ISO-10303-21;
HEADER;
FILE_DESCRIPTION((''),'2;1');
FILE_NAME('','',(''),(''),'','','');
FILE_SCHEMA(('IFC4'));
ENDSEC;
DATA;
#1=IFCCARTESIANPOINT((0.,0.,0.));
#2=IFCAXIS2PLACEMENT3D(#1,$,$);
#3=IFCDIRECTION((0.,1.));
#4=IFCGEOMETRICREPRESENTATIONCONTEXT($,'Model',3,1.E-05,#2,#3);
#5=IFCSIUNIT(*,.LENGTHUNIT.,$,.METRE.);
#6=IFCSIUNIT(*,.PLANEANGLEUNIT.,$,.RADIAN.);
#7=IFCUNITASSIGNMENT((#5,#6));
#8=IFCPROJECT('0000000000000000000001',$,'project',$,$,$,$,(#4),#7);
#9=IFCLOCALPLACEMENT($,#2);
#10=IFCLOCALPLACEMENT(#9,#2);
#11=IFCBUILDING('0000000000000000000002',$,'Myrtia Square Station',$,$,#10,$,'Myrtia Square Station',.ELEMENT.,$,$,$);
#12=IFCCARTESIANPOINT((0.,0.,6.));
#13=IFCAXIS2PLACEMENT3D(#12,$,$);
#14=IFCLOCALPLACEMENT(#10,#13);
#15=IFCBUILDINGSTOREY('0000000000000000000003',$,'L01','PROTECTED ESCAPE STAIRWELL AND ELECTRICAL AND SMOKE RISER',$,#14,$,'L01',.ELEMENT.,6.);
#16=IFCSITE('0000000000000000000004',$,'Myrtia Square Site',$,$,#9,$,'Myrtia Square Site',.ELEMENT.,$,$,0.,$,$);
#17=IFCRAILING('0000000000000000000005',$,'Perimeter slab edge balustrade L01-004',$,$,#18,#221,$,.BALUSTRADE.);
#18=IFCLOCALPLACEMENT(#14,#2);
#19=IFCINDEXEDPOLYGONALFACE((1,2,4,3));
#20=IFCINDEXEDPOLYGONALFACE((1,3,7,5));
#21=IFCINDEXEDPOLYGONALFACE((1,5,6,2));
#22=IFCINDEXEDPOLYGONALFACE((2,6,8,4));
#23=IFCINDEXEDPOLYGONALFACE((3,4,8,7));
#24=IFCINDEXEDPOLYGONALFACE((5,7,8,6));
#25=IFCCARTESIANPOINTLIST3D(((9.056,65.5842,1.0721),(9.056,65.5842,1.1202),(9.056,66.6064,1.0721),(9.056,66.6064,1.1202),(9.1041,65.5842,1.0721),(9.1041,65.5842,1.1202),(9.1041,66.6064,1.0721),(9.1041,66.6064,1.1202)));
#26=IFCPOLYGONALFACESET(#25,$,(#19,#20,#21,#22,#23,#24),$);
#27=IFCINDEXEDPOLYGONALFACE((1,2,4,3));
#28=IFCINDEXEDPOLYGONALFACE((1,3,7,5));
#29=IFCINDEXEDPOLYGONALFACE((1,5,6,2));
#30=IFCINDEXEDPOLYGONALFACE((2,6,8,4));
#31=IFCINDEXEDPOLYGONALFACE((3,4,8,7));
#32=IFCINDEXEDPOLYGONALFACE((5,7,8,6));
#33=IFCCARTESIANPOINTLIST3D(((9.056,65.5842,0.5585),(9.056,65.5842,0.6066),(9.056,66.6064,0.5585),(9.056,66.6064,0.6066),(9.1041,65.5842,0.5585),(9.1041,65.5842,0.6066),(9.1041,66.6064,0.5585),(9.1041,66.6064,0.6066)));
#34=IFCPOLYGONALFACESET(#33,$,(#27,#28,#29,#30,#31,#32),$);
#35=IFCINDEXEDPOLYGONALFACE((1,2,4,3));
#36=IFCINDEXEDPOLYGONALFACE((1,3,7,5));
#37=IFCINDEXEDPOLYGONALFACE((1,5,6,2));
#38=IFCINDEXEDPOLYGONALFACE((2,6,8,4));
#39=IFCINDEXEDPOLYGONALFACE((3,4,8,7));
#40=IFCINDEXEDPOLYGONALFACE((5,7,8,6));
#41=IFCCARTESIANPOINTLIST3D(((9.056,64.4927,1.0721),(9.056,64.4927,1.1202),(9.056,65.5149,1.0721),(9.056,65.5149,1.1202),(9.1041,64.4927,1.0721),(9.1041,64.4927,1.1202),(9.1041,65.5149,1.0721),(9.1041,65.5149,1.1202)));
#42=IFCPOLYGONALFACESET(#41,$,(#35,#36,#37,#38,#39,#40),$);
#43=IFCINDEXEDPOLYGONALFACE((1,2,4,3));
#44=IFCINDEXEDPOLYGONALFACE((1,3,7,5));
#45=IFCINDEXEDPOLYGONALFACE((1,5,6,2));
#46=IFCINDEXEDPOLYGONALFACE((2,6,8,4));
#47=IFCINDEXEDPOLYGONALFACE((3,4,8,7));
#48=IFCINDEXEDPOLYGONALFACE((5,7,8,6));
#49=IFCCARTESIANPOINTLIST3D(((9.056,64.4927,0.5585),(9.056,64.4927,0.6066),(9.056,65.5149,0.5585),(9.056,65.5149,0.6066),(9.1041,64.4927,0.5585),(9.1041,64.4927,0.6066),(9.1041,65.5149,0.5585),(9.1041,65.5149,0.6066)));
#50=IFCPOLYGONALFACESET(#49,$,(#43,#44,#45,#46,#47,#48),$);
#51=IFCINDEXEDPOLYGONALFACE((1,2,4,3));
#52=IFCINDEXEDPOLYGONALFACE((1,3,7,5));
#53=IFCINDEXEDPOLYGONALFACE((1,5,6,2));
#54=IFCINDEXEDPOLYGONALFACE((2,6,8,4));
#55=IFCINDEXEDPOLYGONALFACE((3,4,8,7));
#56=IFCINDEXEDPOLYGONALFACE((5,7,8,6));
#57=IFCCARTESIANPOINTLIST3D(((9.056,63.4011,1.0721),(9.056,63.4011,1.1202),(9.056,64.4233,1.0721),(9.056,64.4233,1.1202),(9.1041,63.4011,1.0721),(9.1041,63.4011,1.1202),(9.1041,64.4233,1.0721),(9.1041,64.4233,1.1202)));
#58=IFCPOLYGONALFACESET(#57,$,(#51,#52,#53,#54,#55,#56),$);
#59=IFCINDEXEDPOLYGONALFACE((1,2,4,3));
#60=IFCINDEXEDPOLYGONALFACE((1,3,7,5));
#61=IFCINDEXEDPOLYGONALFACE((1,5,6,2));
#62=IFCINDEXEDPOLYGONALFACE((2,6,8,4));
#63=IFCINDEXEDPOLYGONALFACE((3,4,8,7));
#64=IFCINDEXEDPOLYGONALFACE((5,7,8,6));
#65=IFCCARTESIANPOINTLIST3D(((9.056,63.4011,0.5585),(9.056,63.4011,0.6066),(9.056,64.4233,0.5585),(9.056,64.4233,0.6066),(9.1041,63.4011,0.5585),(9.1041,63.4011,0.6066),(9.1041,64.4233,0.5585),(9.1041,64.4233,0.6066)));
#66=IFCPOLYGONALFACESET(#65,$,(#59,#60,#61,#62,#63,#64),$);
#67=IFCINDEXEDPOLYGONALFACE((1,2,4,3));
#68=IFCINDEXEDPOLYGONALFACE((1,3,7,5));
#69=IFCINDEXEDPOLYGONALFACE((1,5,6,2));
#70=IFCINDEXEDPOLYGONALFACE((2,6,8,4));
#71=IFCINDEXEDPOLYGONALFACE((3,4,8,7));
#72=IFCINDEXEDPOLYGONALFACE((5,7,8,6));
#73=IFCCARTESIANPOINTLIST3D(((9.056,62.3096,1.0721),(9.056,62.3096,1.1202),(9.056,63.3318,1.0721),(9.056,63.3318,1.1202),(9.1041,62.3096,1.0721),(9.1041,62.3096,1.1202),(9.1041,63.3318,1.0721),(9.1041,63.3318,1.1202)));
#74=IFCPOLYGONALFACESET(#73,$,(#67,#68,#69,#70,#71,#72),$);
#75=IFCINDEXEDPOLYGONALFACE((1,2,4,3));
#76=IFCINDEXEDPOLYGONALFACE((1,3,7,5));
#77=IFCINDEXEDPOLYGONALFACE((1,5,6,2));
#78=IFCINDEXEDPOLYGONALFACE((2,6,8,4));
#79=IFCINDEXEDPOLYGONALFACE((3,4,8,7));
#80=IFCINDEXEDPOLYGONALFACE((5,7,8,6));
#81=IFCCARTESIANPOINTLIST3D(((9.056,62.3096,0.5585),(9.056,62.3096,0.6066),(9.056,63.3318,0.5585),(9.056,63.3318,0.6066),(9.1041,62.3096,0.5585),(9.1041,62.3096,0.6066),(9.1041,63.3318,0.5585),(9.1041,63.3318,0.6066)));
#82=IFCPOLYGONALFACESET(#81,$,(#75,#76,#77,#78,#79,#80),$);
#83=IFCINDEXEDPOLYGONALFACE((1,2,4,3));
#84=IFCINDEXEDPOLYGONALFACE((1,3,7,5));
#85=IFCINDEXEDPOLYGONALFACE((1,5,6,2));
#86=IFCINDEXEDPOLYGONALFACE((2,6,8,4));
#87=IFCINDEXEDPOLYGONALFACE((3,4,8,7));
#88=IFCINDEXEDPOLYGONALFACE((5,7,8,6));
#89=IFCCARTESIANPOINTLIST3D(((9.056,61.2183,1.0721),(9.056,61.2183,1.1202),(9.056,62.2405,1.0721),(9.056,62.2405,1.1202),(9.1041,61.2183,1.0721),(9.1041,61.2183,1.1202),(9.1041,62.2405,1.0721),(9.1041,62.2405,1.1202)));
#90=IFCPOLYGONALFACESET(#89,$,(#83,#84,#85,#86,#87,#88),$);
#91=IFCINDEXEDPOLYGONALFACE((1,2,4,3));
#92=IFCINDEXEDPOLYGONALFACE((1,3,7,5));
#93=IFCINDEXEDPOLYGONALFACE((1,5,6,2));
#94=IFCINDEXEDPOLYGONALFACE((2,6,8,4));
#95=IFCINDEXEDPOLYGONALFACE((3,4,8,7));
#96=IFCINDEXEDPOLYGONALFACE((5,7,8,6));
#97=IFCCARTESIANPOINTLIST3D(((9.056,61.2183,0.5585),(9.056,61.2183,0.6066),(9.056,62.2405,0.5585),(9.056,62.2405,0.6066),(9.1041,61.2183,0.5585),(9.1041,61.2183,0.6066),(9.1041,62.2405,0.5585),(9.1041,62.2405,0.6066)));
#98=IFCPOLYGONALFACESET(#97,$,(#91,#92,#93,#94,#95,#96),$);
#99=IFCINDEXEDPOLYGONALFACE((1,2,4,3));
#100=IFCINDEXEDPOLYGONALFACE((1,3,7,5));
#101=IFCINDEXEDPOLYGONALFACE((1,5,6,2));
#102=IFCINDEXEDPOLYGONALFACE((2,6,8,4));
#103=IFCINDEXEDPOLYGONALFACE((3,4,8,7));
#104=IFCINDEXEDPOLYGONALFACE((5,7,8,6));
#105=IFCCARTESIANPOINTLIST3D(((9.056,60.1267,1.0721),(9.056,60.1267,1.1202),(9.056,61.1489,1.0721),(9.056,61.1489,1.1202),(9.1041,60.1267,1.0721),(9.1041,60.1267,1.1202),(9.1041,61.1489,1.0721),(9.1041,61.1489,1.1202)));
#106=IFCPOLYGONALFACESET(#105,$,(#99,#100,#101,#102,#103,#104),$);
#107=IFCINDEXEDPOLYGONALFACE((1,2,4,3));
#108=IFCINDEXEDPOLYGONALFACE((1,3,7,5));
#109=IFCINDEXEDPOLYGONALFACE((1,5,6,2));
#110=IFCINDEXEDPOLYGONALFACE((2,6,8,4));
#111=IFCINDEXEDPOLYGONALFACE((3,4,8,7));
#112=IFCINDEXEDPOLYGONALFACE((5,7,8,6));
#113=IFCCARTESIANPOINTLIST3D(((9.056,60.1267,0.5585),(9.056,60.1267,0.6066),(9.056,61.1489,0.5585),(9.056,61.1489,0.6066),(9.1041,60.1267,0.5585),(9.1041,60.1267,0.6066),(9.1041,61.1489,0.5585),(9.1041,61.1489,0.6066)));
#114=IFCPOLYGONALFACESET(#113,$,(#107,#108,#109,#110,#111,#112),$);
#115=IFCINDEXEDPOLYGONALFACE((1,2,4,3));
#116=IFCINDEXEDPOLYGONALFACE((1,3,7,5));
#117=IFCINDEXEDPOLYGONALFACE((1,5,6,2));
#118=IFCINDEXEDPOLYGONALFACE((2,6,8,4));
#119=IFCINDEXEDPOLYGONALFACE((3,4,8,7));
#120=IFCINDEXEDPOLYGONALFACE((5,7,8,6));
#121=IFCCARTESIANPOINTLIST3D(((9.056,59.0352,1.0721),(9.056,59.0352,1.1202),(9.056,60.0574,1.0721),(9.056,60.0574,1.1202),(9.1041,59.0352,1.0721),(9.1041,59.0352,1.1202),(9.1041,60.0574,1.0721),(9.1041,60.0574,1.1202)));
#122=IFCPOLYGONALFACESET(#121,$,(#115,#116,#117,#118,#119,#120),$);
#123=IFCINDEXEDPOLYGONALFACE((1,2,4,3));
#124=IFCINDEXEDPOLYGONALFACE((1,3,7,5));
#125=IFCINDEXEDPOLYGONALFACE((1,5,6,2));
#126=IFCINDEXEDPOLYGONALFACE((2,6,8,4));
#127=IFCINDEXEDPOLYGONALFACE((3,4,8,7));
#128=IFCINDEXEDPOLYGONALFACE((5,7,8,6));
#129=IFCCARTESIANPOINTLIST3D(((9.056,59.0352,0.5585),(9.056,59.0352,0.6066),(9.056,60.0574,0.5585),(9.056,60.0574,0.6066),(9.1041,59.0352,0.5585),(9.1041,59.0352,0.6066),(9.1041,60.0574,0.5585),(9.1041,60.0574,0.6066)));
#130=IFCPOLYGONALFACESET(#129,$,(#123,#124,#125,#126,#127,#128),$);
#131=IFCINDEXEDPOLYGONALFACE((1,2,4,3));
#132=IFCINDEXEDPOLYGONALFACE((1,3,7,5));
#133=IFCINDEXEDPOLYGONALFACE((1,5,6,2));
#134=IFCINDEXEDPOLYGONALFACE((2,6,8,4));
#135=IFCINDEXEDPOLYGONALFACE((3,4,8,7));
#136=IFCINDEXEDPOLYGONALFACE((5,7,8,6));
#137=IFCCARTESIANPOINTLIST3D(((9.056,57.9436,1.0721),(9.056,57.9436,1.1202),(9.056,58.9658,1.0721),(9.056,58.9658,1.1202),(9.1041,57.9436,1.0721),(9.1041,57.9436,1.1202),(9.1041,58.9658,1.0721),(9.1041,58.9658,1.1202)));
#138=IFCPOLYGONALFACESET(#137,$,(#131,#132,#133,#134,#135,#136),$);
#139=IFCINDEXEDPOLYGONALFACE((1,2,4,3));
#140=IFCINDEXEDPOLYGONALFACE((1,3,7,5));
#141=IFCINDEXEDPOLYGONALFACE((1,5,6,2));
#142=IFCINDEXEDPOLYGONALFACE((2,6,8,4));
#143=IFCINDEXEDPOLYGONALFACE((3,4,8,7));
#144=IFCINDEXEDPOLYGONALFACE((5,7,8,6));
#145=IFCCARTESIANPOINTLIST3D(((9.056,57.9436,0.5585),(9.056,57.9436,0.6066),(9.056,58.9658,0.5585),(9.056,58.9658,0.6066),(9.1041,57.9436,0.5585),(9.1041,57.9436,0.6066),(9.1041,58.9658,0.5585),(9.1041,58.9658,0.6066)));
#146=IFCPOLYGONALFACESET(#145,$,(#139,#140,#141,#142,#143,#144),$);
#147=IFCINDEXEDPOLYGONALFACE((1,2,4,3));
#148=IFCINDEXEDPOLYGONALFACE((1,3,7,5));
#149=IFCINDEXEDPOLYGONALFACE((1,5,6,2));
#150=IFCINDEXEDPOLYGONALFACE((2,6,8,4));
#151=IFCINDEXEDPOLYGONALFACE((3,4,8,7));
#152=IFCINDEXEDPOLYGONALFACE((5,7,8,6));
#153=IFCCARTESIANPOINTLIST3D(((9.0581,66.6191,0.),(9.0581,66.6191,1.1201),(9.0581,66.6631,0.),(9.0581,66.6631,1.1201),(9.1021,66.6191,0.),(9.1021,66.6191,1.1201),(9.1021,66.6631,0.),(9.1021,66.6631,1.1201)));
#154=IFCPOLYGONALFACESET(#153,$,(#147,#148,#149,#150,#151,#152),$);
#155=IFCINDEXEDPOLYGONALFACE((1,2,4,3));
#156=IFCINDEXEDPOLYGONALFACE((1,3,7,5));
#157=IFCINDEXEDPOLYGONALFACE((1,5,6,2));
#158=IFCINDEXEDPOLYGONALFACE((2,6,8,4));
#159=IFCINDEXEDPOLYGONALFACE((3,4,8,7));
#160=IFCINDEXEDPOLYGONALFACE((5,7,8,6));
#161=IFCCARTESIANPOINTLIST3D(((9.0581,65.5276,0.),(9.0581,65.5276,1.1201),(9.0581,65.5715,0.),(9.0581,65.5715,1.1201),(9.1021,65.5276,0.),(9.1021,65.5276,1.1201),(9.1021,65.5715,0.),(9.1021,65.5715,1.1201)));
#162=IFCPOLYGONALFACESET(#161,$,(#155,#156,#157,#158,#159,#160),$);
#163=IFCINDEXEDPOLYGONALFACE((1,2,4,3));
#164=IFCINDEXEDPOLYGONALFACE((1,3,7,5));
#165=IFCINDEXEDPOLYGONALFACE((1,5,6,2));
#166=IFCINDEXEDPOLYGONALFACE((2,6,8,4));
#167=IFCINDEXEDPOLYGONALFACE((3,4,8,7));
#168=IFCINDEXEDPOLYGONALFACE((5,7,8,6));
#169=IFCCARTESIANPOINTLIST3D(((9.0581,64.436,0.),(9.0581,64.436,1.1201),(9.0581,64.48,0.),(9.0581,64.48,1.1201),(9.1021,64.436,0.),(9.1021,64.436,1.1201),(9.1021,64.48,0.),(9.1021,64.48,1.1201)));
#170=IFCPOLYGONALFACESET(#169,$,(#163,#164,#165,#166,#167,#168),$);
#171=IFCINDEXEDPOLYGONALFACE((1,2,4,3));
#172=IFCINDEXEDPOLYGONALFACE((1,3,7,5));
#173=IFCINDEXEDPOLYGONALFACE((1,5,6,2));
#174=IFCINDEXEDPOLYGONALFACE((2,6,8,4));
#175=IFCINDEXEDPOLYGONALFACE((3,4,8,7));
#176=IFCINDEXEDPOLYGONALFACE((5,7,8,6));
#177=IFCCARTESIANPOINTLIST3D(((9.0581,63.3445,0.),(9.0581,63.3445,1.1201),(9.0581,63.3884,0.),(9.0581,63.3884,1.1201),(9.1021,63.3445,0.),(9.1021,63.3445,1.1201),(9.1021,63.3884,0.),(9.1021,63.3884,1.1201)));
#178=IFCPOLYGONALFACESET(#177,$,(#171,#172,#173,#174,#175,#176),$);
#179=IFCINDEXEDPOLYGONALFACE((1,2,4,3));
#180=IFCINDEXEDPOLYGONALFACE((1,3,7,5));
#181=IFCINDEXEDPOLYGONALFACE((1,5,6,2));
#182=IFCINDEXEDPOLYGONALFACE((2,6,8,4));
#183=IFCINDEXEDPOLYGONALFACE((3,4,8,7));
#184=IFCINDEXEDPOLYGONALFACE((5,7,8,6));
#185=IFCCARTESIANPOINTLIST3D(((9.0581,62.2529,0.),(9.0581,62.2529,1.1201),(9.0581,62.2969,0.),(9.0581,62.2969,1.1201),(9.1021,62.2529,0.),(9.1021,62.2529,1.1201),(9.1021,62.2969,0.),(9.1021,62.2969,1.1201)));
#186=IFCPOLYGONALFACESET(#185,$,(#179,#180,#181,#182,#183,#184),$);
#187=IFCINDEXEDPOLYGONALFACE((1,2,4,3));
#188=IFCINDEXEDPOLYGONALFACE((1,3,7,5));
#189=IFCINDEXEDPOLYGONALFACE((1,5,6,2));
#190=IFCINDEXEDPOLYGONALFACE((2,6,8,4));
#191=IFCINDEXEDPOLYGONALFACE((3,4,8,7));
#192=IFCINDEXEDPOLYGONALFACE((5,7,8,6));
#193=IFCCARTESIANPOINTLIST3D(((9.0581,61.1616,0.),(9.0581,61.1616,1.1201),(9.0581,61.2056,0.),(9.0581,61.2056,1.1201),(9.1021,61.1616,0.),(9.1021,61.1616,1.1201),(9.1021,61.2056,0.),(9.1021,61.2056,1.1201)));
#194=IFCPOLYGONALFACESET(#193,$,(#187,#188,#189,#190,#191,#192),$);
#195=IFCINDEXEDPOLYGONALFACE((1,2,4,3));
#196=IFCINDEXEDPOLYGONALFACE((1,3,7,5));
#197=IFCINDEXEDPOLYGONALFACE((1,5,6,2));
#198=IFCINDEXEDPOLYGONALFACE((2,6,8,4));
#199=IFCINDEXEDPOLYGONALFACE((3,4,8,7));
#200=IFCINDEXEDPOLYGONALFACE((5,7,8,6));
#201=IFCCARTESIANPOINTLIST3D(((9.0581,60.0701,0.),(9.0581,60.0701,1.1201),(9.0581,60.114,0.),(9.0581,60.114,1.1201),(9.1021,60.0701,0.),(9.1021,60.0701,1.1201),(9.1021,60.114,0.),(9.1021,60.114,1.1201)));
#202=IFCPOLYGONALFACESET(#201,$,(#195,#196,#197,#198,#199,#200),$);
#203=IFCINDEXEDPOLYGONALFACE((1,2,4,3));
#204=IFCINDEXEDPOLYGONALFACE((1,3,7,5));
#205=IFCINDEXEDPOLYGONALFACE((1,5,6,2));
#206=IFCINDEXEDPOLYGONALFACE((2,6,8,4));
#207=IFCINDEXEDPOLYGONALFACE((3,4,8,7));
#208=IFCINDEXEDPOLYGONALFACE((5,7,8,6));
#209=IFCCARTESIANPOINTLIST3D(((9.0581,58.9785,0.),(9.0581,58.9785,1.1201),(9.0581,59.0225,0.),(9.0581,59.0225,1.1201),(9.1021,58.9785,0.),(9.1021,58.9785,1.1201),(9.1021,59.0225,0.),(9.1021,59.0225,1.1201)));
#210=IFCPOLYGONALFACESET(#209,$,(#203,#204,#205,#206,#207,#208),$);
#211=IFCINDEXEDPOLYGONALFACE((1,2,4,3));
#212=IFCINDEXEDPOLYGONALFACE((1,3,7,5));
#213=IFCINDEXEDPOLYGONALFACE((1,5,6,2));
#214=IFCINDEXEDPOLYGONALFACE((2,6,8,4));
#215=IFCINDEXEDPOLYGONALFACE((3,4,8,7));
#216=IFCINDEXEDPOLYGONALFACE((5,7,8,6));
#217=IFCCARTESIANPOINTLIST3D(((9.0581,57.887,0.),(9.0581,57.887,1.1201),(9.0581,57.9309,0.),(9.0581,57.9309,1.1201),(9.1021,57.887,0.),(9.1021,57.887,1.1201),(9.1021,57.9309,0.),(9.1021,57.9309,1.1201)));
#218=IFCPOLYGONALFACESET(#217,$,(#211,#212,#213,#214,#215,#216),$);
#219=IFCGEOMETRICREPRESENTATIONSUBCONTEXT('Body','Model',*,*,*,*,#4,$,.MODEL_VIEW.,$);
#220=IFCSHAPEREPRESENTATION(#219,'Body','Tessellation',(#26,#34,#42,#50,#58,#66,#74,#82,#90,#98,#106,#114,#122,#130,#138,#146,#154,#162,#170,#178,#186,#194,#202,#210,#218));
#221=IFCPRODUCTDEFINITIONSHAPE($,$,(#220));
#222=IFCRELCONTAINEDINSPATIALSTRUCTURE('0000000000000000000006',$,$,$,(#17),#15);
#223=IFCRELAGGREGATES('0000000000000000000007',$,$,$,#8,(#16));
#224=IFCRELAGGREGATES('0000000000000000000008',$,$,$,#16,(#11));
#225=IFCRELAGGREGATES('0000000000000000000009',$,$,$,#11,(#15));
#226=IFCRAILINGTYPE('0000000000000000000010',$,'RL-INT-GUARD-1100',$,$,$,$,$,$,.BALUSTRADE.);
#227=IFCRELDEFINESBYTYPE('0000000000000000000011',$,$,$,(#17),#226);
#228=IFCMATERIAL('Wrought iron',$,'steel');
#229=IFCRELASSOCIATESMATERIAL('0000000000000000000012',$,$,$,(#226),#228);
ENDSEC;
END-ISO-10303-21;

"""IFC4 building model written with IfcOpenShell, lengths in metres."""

from ifc_helpers import new_model, si_unit, direction, frame, origin, origin_2d, place, context, subcontext, project, spatial, rectangle, extrude, material, type_object, element, save


model = new_model("IFC4")

# Units and contexts
model_context = context("Model", 3, precision=1e-05, world=origin(), true_north=direction((0.0, 1.0)))
body_context = subcontext(model_context, "Body", "Model", "MODEL_VIEW")
ifc_project = project(units=[si_unit("LENGTHUNIT", "METRE"), si_unit("PLANEANGLEUNIT", "RADIAN")], contexts=[model_context])

# Site, building, storey
site_placement = place(None, origin())
site = spatial("IfcSite", under=ifc_project, at=site_placement, Name="Myrtia Square Site", LongName="Myrtia Square Site", CompositionType="ELEMENT", RefElevation=0.0)
building_placement = place(site_placement, origin())
building = spatial("IfcBuilding", under=site, at=building_placement, Name="Myrtia Square Station", LongName="Myrtia Square Station", CompositionType="ELEMENT")
storey_placement = place(building_placement, frame((0.0, 0.0, 6.0)))
storey = spatial("IfcBuildingStorey", under=building, at=storey_placement, Name="L01", Description="PROTECTED ESCAPE STAIRWELL AND ELECTRICAL AND SMOKE RISER", LongName="L01", CompositionType="ELEMENT", Elevation=6.0)

# Railing
ifc_material_1 = material(Name="Wrought iron", Category="steel")
railing_type = type_object("IfcRailingType", Name="RL-INT-GUARD-1100", PredefinedType="BALUSTRADE", material=ifc_material_1)
railing_1_placement = place(storey_placement, frame((9.0801, 66.6411, 0.0)))
element("IfcRailing", 1, at=railing_1_placement, inside=storey, type_object=railing_type, Name="Perimeter slab edge balustrade L01-004", PredefinedType="BALUSTRADE", context=body_context, shape_type="SweptSolid", body=[
    extrude(rectangle(XDim=0.0481, YDim=0.0481, at=origin_2d()), frame((0.0, -0.0347, 1.0962), z_axis=(0.0, -1.0, 0.0), x_axis=(1.0, 0.0, 0.0)), (0.0, 0.0, 1.0), 1.0222),
    extrude(rectangle(XDim=0.0481, YDim=0.0481, at=origin_2d()), frame((0.0, -0.0347, 0.5825), z_axis=(0.0, -1.0, 0.0), x_axis=(1.0, 0.0, 0.0)), (0.0, 0.0, 1.0), 1.0222),
    extrude(rectangle(XDim=0.0481, YDim=0.0481, at=origin_2d()), frame((0.0, -1.1262, 1.0962), z_axis=(0.0, -1.0, 0.0), x_axis=(1.0, 0.0, 0.0)), (0.0, 0.0, 1.0), 1.0222),
    extrude(rectangle(XDim=0.0481, YDim=0.0481, at=origin_2d()), frame((0.0, -1.1262, 0.5825), z_axis=(0.0, -1.0, 0.0), x_axis=(1.0, 0.0, 0.0)), (0.0, 0.0, 1.0), 1.0222),
    extrude(rectangle(XDim=0.0481, YDim=0.0481, at=origin_2d()), frame((0.0, -2.2178, 1.0962), z_axis=(0.0, -1.0, 0.0), x_axis=(1.0, 0.0, 0.0)), (0.0, 0.0, 1.0), 1.0222),
    extrude(rectangle(XDim=0.0481, YDim=0.0481, at=origin_2d()), frame((0.0, -2.2178, 0.5825), z_axis=(0.0, -1.0, 0.0), x_axis=(1.0, 0.0, 0.0)), (0.0, 0.0, 1.0), 1.0222),
    extrude(rectangle(XDim=0.0481, YDim=0.0481, at=origin_2d()), frame((0.0, -3.3093, 1.0962), z_axis=(0.0, -1.0, 0.0), x_axis=(1.0, 0.0, 0.0)), (0.0, 0.0, 1.0), 1.0222),
    extrude(rectangle(XDim=0.0481, YDim=0.0481, at=origin_2d()), frame((0.0, -3.3093, 0.5825), z_axis=(0.0, -1.0, 0.0), x_axis=(1.0, 0.0, 0.0)), (0.0, 0.0, 1.0), 1.0222),
    extrude(rectangle(XDim=0.0481, YDim=0.0481, at=origin_2d()), frame((0.0, -4.4006, 1.0962), z_axis=(0.0, -1.0, 0.0), x_axis=(1.0, 0.0, 0.0)), (0.0, 0.0, 1.0), 1.0222),
    extrude(rectangle(XDim=0.0481, YDim=0.0481, at=origin_2d()), frame((0.0, -4.4006, 0.5825), z_axis=(0.0, -1.0, 0.0), x_axis=(1.0, 0.0, 0.0)), (0.0, 0.0, 1.0), 1.0222),
    extrude(rectangle(XDim=0.0481, YDim=0.0481, at=origin_2d()), frame((0.0, -5.4922, 1.0962), z_axis=(0.0, -1.0, 0.0), x_axis=(1.0, 0.0, 0.0)), (0.0, 0.0, 1.0), 1.0222),
    extrude(rectangle(XDim=0.0481, YDim=0.0481, at=origin_2d()), frame((0.0, -5.4922, 0.5825), z_axis=(0.0, -1.0, 0.0), x_axis=(1.0, 0.0, 0.0)), (0.0, 0.0, 1.0), 1.0222),
    extrude(rectangle(XDim=0.0481, YDim=0.0481, at=origin_2d()), frame((0.0, -6.5837, 1.0962), z_axis=(0.0, -1.0, 0.0), x_axis=(1.0, 0.0, 0.0)), (0.0, 0.0, 1.0), 1.0222),
    extrude(rectangle(XDim=0.0481, YDim=0.0481, at=origin_2d()), frame((0.0, -6.5837, 0.5825), z_axis=(0.0, -1.0, 0.0), x_axis=(1.0, 0.0, 0.0)), (0.0, 0.0, 1.0), 1.0222),
    extrude(rectangle(XDim=0.0481, YDim=0.0481, at=origin_2d()), frame((0.0, -7.6753, 1.0962), z_axis=(0.0, -1.0, 0.0), x_axis=(1.0, 0.0, 0.0)), (0.0, 0.0, 1.0), 1.0222),
    extrude(rectangle(XDim=0.0481, YDim=0.0481, at=origin_2d()), frame((0.0, -7.6753, 0.5825), z_axis=(0.0, -1.0, 0.0), x_axis=(1.0, 0.0, 0.0)), (0.0, 0.0, 1.0), 1.0222),
    extrude(rectangle(XDim=0.0439, YDim=0.0439, at=origin_2d()), origin(), (0.0, 0.0, 1.0), 1.1201),
    extrude(rectangle(XDim=0.0439, YDim=0.0439, at=origin_2d()), frame((0.0, -1.0916, 0.0)), (0.0, 0.0, 1.0), 1.1201),
    extrude(rectangle(XDim=0.0439, YDim=0.0439, at=origin_2d()), frame((0.0, -2.1831, 0.0)), (0.0, 0.0, 1.0), 1.1201),
    extrude(rectangle(XDim=0.0439, YDim=0.0439, at=origin_2d()), frame((0.0, -3.2747, 0.0)), (0.0, 0.0, 1.0), 1.1201),
    extrude(rectangle(XDim=0.0439, YDim=0.0439, at=origin_2d()), frame((0.0, -4.3662, 0.0)), (0.0, 0.0, 1.0), 1.1201),
    extrude(rectangle(XDim=0.0439, YDim=0.0439, at=origin_2d()), frame((0.0, -5.4575, 0.0)), (0.0, 0.0, 1.0), 1.1201),
    extrude(rectangle(XDim=0.0439, YDim=0.0439, at=origin_2d()), frame((0.0, -6.5491, 0.0)), (0.0, 0.0, 1.0), 1.1201),
    extrude(rectangle(XDim=0.0439, YDim=0.0439, at=origin_2d()), frame((0.0, -7.6406, 0.0)), (0.0, 0.0, 1.0), 1.1201),
    extrude(rectangle(XDim=0.0439, YDim=0.0439, at=origin_2d()), frame((0.0, -8.7322, 0.0)), (0.0, 0.0, 1.0), 1.1201),
])

save(model, "model.ifc")
